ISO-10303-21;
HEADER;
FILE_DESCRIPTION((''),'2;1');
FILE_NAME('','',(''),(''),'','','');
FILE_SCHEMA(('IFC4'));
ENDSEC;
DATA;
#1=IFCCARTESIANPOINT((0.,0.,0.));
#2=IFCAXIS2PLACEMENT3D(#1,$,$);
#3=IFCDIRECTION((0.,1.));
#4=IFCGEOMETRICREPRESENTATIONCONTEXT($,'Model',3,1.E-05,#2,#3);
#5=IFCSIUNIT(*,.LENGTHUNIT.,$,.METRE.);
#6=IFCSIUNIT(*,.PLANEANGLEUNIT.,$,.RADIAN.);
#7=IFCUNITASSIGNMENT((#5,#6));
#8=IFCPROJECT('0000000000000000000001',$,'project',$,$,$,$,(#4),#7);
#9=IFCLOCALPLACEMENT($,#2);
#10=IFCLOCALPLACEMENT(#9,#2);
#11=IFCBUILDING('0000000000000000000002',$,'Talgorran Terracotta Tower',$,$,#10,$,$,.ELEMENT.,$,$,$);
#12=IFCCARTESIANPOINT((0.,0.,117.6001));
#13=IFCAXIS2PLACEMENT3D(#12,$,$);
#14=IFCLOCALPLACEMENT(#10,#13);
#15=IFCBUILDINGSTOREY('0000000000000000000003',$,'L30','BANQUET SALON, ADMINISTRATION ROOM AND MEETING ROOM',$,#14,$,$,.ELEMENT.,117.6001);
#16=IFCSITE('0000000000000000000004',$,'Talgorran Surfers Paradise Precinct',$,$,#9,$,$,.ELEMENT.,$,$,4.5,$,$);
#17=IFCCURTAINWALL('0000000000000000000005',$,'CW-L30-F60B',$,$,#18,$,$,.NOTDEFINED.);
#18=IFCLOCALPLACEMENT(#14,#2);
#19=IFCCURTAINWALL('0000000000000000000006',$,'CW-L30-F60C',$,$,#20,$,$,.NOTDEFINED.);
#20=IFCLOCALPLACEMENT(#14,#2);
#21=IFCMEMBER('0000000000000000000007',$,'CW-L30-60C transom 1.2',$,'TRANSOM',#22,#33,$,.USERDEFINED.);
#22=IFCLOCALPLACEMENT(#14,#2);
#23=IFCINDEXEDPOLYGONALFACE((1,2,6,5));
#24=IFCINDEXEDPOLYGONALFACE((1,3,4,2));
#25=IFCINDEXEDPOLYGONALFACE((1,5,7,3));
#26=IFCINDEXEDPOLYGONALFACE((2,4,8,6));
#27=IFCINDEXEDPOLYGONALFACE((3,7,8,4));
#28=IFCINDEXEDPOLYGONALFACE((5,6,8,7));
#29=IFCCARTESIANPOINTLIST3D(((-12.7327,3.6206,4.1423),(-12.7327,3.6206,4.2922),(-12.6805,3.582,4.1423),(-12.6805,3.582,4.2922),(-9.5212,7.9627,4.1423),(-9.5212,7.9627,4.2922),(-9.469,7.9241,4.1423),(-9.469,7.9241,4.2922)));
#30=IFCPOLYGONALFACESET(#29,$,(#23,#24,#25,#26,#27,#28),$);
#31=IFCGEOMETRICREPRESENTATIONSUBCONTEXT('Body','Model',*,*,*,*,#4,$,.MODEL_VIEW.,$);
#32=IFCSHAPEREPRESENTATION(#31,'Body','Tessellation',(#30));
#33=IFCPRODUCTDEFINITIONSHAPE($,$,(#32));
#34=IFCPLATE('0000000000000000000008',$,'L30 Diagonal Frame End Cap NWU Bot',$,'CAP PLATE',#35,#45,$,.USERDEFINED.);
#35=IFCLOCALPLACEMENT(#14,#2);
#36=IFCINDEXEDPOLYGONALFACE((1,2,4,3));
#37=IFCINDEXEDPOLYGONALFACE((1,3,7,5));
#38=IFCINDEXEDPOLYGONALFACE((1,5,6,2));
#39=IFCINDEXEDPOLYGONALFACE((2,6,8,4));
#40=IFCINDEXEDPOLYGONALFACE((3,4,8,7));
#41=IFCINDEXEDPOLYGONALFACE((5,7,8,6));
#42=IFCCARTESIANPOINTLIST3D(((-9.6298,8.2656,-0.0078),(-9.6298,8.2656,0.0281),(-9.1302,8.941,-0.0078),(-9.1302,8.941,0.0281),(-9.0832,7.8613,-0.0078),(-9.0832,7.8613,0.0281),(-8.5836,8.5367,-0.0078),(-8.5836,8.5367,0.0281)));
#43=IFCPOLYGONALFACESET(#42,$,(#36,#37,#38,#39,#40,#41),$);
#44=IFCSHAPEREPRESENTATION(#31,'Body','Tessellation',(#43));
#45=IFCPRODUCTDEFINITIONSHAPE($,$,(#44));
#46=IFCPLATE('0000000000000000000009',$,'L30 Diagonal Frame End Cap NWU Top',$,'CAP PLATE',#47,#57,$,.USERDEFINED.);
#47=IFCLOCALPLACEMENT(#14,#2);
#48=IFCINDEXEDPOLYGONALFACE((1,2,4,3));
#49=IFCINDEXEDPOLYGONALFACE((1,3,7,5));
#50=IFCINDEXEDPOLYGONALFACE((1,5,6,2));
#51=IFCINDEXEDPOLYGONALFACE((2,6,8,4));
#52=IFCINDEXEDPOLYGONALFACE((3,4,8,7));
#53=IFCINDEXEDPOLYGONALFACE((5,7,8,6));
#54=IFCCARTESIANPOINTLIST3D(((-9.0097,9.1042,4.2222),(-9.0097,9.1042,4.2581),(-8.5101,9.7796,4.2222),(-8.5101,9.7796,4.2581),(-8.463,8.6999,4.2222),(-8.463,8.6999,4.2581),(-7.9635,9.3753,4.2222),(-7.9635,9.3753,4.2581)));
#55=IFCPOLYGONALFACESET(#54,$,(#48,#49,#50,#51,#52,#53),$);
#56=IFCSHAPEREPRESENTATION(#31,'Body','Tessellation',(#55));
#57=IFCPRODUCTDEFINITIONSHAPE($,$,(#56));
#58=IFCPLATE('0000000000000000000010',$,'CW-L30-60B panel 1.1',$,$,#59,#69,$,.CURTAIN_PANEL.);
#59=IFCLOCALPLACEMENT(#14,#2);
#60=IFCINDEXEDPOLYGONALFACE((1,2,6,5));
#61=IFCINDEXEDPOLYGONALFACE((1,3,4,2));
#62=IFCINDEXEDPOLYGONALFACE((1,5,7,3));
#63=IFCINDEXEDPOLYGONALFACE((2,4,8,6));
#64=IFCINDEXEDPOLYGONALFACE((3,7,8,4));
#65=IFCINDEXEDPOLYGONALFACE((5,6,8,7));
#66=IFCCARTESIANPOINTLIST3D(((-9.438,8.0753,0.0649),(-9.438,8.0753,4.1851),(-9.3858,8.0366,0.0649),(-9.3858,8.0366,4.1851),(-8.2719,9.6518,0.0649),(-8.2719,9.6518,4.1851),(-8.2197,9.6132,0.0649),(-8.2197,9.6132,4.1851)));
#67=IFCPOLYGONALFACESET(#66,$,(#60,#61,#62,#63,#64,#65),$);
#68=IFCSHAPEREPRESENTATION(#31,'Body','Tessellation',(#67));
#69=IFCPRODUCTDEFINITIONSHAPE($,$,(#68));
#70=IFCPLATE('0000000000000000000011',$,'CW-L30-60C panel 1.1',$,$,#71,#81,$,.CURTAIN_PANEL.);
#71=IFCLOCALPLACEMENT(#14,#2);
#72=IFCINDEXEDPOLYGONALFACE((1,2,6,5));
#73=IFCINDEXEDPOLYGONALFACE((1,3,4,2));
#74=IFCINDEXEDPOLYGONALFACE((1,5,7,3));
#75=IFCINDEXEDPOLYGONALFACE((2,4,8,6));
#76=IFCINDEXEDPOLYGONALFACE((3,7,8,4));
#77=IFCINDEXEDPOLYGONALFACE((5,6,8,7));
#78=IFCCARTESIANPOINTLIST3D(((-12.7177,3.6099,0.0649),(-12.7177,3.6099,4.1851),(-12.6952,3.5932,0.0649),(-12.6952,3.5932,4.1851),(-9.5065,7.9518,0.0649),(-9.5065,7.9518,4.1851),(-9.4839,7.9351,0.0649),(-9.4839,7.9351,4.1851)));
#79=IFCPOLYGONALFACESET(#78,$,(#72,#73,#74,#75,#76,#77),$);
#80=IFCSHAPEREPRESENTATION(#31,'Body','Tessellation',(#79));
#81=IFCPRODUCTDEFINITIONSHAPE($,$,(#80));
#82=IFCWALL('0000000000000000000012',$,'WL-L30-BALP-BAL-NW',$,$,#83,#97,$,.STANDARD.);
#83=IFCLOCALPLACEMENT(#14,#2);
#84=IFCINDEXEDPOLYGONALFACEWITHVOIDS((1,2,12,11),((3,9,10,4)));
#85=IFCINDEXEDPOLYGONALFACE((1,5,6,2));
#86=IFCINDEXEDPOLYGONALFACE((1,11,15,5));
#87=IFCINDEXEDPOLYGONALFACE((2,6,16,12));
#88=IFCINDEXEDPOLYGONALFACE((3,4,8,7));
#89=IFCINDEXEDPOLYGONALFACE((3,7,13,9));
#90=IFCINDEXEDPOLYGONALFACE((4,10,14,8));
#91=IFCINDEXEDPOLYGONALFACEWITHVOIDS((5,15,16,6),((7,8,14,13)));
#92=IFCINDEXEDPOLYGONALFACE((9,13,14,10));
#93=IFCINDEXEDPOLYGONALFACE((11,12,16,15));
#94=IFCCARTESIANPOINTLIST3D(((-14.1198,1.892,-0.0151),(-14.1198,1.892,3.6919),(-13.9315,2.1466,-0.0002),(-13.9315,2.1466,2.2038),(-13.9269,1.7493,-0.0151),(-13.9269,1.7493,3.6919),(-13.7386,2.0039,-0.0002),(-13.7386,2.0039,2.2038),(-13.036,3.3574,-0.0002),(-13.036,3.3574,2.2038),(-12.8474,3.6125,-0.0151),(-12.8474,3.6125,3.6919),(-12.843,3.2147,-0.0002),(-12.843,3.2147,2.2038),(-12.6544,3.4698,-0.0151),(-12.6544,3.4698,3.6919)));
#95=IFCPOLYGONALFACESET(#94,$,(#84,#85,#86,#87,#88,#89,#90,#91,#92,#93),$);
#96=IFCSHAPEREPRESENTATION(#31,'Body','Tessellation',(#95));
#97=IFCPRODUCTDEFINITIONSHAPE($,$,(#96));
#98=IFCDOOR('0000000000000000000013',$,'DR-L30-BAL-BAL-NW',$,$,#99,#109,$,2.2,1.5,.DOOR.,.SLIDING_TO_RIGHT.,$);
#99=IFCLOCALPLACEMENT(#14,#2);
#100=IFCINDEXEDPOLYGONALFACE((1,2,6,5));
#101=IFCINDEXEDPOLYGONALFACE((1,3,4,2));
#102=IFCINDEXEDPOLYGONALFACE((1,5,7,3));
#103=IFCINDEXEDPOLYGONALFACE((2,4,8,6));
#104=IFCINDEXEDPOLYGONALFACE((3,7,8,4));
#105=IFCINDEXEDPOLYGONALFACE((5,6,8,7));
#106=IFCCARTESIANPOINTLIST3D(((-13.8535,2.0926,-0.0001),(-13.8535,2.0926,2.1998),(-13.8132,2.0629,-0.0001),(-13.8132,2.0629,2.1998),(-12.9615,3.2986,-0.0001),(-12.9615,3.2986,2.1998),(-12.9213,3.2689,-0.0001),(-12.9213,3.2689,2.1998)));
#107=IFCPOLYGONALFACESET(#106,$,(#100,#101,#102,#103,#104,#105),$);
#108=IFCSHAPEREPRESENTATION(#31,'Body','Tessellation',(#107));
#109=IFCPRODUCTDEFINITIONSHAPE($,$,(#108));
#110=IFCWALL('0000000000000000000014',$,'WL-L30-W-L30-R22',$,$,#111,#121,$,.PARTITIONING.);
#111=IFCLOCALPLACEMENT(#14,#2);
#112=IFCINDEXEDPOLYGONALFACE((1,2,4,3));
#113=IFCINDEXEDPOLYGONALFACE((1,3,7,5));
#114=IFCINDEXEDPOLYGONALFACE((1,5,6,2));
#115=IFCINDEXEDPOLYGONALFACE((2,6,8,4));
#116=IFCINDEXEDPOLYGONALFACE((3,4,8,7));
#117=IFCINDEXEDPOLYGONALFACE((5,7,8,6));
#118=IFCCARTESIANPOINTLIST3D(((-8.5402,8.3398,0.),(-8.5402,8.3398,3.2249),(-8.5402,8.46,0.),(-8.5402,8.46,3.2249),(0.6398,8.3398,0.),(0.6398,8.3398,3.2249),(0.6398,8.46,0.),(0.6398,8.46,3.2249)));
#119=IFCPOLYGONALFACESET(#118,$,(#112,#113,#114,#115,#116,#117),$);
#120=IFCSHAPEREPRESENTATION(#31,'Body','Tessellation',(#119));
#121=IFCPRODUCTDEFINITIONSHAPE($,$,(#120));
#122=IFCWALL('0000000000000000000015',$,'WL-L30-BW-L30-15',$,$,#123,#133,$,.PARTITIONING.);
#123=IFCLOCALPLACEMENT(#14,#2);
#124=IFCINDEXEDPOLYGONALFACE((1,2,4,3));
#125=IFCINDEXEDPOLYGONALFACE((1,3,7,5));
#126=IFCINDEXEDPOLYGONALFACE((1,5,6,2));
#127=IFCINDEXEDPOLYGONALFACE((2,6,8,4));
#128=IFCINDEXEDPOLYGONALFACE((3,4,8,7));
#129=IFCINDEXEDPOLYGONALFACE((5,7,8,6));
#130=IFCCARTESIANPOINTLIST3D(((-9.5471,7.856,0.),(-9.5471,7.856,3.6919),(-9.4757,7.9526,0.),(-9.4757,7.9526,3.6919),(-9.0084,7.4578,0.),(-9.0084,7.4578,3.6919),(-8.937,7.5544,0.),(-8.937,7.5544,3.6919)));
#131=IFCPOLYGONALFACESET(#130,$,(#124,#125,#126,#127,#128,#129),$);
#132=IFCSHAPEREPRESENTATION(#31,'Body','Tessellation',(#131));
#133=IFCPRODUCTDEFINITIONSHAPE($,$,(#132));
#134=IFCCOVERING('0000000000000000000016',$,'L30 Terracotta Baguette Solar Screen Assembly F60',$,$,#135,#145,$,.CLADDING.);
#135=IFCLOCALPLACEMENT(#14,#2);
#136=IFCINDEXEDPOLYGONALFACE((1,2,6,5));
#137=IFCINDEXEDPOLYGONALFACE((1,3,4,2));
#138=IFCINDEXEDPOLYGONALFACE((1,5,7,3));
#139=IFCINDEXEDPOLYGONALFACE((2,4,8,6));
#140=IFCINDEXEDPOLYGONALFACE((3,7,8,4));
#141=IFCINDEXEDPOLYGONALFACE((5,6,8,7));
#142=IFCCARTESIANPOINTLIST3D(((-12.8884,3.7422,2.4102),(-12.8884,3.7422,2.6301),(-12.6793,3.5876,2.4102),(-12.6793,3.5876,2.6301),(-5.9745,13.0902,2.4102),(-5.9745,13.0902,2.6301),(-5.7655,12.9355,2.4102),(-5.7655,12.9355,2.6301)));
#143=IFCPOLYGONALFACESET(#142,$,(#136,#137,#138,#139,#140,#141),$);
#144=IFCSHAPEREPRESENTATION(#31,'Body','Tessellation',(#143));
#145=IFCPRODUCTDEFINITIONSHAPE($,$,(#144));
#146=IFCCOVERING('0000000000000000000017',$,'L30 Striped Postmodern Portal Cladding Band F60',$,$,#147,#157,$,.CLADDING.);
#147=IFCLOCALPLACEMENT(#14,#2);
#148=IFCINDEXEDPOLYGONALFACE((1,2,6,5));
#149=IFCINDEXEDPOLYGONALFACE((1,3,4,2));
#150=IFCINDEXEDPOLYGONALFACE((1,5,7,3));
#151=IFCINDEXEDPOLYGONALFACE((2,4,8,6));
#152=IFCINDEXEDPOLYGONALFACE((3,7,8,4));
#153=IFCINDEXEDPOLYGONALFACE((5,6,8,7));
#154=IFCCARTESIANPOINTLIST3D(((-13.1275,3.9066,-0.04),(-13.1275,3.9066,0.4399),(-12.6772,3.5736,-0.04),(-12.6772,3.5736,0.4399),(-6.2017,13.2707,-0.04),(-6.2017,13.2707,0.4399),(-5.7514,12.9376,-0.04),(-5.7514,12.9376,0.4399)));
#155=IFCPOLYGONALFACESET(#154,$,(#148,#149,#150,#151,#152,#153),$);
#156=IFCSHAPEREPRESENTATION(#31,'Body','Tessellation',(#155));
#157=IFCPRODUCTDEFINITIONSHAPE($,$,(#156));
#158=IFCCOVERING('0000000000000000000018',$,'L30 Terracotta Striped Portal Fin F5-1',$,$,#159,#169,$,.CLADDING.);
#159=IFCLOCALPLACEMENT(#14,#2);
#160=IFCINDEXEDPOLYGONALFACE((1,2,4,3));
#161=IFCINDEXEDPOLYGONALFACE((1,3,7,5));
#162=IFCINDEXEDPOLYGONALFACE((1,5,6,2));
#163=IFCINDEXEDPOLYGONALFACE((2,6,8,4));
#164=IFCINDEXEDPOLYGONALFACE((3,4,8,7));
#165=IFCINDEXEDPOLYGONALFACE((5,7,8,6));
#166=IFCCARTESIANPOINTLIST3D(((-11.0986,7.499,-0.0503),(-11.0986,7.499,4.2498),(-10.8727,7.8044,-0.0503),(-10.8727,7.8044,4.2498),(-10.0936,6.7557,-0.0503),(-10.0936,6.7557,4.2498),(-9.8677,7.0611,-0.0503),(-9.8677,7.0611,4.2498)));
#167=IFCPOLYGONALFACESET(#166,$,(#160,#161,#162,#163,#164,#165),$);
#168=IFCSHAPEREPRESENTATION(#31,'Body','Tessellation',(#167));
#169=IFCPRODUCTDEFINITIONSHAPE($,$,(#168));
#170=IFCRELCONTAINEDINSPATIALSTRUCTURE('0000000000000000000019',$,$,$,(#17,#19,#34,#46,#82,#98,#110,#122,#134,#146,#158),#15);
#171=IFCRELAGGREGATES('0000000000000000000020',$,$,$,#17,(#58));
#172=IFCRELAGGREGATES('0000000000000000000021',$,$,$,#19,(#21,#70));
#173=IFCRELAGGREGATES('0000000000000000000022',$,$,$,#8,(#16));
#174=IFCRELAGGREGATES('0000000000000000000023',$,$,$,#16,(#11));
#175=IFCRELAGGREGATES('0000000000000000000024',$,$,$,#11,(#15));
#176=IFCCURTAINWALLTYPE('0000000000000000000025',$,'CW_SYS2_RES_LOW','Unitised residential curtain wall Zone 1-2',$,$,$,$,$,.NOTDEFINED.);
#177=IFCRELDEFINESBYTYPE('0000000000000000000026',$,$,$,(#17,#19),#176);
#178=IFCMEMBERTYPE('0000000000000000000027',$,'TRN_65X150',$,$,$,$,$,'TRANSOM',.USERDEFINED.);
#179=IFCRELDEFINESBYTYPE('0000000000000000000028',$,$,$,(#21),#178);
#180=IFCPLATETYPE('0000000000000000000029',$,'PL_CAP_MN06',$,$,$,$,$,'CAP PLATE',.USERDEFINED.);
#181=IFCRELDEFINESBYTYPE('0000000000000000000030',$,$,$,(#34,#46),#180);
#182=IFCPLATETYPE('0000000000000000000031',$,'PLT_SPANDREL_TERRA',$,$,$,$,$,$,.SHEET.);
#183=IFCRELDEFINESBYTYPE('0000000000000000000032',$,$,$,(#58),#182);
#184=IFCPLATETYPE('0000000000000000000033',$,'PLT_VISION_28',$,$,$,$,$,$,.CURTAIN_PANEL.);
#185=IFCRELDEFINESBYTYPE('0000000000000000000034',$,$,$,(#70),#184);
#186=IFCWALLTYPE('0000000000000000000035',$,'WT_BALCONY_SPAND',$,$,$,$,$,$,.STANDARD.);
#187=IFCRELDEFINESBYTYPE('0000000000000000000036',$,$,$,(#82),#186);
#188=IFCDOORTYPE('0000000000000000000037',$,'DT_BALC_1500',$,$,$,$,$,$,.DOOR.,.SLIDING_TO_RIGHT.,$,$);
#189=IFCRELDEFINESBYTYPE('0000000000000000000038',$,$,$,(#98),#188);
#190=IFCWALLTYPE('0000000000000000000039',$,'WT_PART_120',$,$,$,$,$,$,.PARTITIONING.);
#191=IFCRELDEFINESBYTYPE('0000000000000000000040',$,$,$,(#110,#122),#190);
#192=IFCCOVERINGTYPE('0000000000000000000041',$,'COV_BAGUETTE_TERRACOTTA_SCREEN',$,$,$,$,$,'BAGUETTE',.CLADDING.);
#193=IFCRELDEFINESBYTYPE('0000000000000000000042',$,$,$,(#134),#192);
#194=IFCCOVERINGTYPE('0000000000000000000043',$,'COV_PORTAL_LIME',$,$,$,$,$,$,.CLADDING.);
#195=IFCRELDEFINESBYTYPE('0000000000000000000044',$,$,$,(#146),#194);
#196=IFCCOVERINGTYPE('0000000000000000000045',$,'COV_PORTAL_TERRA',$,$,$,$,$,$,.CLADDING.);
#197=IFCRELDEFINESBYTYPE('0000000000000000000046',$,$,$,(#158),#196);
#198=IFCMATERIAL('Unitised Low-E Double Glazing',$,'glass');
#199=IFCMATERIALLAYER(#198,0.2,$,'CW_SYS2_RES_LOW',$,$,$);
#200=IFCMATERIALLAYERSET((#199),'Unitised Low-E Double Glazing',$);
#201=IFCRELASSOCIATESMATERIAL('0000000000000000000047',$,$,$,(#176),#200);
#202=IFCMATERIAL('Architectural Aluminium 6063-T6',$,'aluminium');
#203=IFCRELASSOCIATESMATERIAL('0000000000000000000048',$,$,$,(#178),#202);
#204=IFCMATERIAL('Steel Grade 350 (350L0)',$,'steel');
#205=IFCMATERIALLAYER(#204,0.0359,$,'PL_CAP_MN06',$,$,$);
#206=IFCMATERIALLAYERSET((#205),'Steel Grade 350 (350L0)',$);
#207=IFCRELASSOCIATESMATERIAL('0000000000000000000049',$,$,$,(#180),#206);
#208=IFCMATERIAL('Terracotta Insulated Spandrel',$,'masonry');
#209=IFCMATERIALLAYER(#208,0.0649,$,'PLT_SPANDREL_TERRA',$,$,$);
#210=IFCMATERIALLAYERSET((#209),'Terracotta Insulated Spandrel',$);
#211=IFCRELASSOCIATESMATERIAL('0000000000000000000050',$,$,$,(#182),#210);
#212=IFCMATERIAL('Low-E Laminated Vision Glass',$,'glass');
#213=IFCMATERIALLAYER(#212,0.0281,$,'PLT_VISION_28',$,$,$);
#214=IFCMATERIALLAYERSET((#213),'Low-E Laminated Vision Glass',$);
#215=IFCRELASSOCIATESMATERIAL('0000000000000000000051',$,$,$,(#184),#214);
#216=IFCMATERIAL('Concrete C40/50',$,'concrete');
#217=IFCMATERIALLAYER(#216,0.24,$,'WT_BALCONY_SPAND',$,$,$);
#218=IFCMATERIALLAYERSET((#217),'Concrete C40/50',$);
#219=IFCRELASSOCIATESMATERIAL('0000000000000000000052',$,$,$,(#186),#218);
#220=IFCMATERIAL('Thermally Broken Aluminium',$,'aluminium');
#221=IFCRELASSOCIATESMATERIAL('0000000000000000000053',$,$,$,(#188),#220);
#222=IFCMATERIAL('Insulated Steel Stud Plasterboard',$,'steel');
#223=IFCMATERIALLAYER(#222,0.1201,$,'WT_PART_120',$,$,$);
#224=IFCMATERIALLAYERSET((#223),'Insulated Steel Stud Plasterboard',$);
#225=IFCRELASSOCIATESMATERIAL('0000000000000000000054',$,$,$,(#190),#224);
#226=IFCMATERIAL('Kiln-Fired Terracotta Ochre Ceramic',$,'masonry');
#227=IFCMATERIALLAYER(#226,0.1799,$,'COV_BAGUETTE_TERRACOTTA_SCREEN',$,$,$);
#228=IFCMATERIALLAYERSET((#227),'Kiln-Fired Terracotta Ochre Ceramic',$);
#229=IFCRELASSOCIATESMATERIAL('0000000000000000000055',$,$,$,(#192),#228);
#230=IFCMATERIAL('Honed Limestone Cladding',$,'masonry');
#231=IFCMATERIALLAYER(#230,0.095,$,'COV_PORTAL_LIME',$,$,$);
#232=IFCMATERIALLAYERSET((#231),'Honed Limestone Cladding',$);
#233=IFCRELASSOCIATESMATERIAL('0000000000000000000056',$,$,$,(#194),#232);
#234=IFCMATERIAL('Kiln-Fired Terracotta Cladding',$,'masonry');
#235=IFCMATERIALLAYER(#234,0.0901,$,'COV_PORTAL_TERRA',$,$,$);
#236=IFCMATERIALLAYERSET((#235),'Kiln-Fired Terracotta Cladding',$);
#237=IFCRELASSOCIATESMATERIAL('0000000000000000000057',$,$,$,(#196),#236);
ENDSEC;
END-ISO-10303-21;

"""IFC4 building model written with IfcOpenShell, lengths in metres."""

from ifc_helpers import new_model, si_unit, direction, frame, frame_2d, origin, origin_2d, place, context, subcontext, project, spatial, rectangle, extrude, source, transform, mapped, material, layer, layer_set, material_profile, profile_set, type_object, type_shapes, element, fill, aggregate, save


model = new_model("IFC4")

# Units and contexts
model_context = context("Model", 3, precision=1e-05, world=origin(), true_north=direction((0.0, 1.0)))
body_context = subcontext(model_context, "Body", "Model", "MODEL_VIEW")
ifc_project = project(units=[si_unit("LENGTHUNIT", "METRE"), si_unit("PLANEANGLEUNIT", "RADIAN")], contexts=[model_context])

# Site, building, storey
site_placement = place(None, origin())
site = spatial("IfcSite", under=ifc_project, at=site_placement, Name="Talgorran Surfers Paradise Precinct", CompositionType="ELEMENT", RefElevation=4.5)
building_placement = place(site_placement, origin())
building = spatial("IfcBuilding", under=site, at=building_placement, Name="Talgorran Terracotta Tower", CompositionType="ELEMENT")
storey_placement = place(building_placement, frame((0.0, 0.0, 117.6001)))
storey = spatial("IfcBuildingStorey", under=building, at=storey_placement, Name="L30", Description="BANQUET SALON, ADMINISTRATION ROOM AND MEETING ROOM", CompositionType="ELEMENT", Elevation=117.6001)

# Shared definitions
ifc_material_1 = material(Name="Steel Grade 350 (350L0)", Category="steel")

# Curtain wall
ifc_material_2 = material(Name="Unitised Low-E Double Glazing", Category="glass")
ifc_layer_1 = layer(ifc_material_2, 0.2, Name="CW_SYS2_RES_LOW")
ifc_layer_set_1 = layer_set([ifc_layer_1], Name="Unitised Low-E Double Glazing")
curtain_wall_type = type_object("IfcCurtainWallType", Name="CW_SYS2_RES_LOW", Description="Unitised residential curtain wall Zone 1-2", PredefinedType="NOTDEFINED", material=ifc_layer_set_1)
curtain_wall_1_placement = place(storey_placement, origin())
curtain_wall_1 = element("IfcCurtainWall", 1, at=curtain_wall_1_placement, inside=storey, type_object=curtain_wall_type, Name="CW-L30-F60B", PredefinedType="NOTDEFINED")
ifc_material_3 = material(Name="Architectural Aluminium 6063-T6", Category="aluminium")

# Curtain wall
curtain_wall_2_placement = place(storey_placement, origin())
curtain_wall_2 = element("IfcCurtainWall", 2, at=curtain_wall_2_placement, inside=storey, type_object=curtain_wall_type, Name="CW-L30-F60C", PredefinedType="NOTDEFINED")

# Member
ifc_material_profile_1 = material_profile(ifc_material_3, rectangle(XDim=0.0649, YDim=0.1499, at=origin_2d()), Name="CWT65X150")
ifc_profile_set_1 = profile_set([ifc_material_profile_1], Name="Architectural Aluminium 6063-T6")
member_type_1 = type_object("IfcMemberType", Name="TRN_65X150", ElementType="TRANSOM", PredefinedType="USERDEFINED", material=ifc_profile_set_1)
member_1_placement = place(storey_placement, frame((-9.4951, 7.9434, 4.2173), z_axis=(-0.594641, -0.803991, 0.0), x_axis=(0.803991, -0.594641, 0.0)))
member_1 = element("IfcMember", 3, at=member_1_placement, type_object=member_type_1, Name="CW-L30-60C transom 1.2", ObjectType="TRANSOM", PredefinedType="USERDEFINED", context=body_context, shape_type="SweptSolid", body=[
    extrude(rectangle(XDim=0.0649, YDim=0.1499, at=origin_2d()), origin(), (0.0, 0.0, 1.0), 5.4006),
])

# Plates
ifc_layer_2 = layer(ifc_material_1, 0.0359, Name="PL_CAP_MN06")
ifc_layer_set_2 = layer_set([ifc_layer_2], Name="Steel Grade 350 (350L0)")
plate_type_1 = type_object("IfcPlateType", Name="PL_CAP_MN06", ElementType="CAP PLATE", PredefinedType="USERDEFINED", material=ifc_layer_set_2)
for number, where, z_axis, x_axis, name in (
    (4, (-9.1067, 8.4011, -0.0078), (0.0, 0.0, 1.0), (0.594682, 0.803961, 0.0), "L30 Diagonal Frame End Cap NWU Bot"),
    (5, (-8.4866, 9.2397, 4.2222), (0.0, 0.0, 1.0), (0.594682, 0.803961, 0.0), "L30 Diagonal Frame End Cap NWU Top"),
):
    element("IfcPlate", number, at=place(storey_placement, frame(where, z_axis=z_axis, x_axis=x_axis)), inside=storey, type_object=plate_type_1, Name=name, ObjectType="CAP PLATE", PredefinedType="USERDEFINED", context=body_context, shape_type="SweptSolid", body=[
        extrude(rectangle(XDim=0.8401, YDim=0.6799, at=origin_2d()), origin(), (0.0, 0.0, 1.0), 0.0359),
    ])

# Plates
ifc_material_4 = material(Name="Terracotta Insulated Spandrel", Category="masonry")
ifc_layer_3 = layer(ifc_material_4, 0.0649, Name="PLT_SPANDREL_TERRA")
ifc_layer_set_3 = layer_set([ifc_layer_3], Name="Terracotta Insulated Spandrel")
plate_type_2 = type_object("IfcPlateType", Name="PLT_SPANDREL_TERRA", PredefinedType="SHEET", material=ifc_layer_set_3)
shared_shape_1 = source(origin(), body_context, "Body", "SweptSolid", [
    extrude(rectangle(XDim=1.9609, YDim=0.0649, at=origin_2d()), origin(), (0.0, 0.0, 1.0), 4.1201),
])
type_shapes(plate_type_2, [shared_shape_1])
plate_1_placement = place(storey_placement, frame((-8.8289, 8.8442, 0.0649), z_axis=(0.0, 0.0, 1.0), x_axis=(-0.59463, -0.803999, 0.0)))
plate_1 = element("IfcPlate", 6, at=plate_1_placement, type_object=plate_type_2, Name="CW-L30-60B panel 1.1", PredefinedType="CURTAIN_PANEL", context=body_context, shape_type="MappedRepresentation", body=[
    mapped(shared_shape_1, transform((0.0, 0.0, 0.0), scale=1.0)),
])
aggregate(curtain_wall_1, [plate_1])
ifc_material_5 = material(Name="Low-E Laminated Vision Glass", Category="glass")
ifc_layer_4 = layer(ifc_material_5, 0.0281, Name="PLT_VISION_28")
ifc_layer_set_4 = layer_set([ifc_layer_4], Name="Low-E Laminated Vision Glass")
plate_type_3 = type_object("IfcPlateType", Name="PLT_VISION_28", PredefinedType="CURTAIN_PANEL", material=ifc_layer_set_4)
shared_shape_2 = source(origin(), body_context, "Body", "SweptSolid", [
    extrude(rectangle(XDim=5.4004, YDim=0.0281, at=origin_2d()), origin(), (0.0, 0.0, 1.0), 4.1201),
])
type_shapes(plate_type_3, [shared_shape_2])
plate_2_placement = place(storey_placement, frame((-11.1008, 5.7725, 0.0649), z_axis=(0.0, 0.0, 1.0), x_axis=(-0.594632, -0.803998, 0.0)))
plate_2 = element("IfcPlate", 7, at=plate_2_placement, type_object=plate_type_3, Name="CW-L30-60C panel 1.1", PredefinedType="CURTAIN_PANEL", context=body_context, shape_type="MappedRepresentation", body=[
    mapped(shared_shape_2, transform((0.0, 0.0, 0.0), scale=1.0)),
])
aggregate(curtain_wall_2, [member_1, plate_2])

# Wall, opening, door
ifc_material_6 = material(Name="Concrete C40/50", Category="concrete")
ifc_layer_5 = layer(ifc_material_6, 0.24, Name="WT_BALCONY_SPAND")
ifc_layer_set_5 = layer_set([ifc_layer_5], Name="Concrete C40/50")
wall_type_1 = type_object("IfcWallType", Name="WT_BALCONY_SPAND", PredefinedType="STANDARD", material=ifc_layer_set_5)
wall_1_placement = place(storey_placement, frame((-12.751, 3.541, -0.0151), z_axis=(0.0, 0.0, 1.0), x_axis=(-0.594638, -0.803994, 0.0)))
wall_1 = element("IfcWall", 8, at=wall_1_placement, inside=storey, type_object=wall_type_1, Name="WL-L30-BALP-BAL-NW", PredefinedType="STANDARD", context=body_context, shape_type="SweptSolid", body=[
    extrude(rectangle(XDim=2.1399, YDim=0.24, at=frame_2d((1.0698, 0.0))), origin(), (0.0, 0.0, 1.0), 3.707),
])
opening_placement = place(wall_1_placement, frame((0.3201, 0.0, 0.0149)))
opening = element("IfcOpeningElement", 9, at=opening_placement, cuts=wall_1, PredefinedType="OPENING", context=body_context, shape_type="SweptSolid", body=[
    extrude(rectangle(XDim=1.506, YDim=2.204, at=frame_2d((0.75, 1.1021))), frame((0.0, 0.1299, 0.0), z_axis=(0.0, -1.0, 0.0), x_axis=(1.0, 0.0, 0.0)), (0.0, 0.0, 1.0), 0.26),
])
ifc_material_7 = material(Name="Thermally Broken Aluminium", Category="aluminium")
door_type = type_object("IfcDoorType", Name="DT_BALC_1500", OperationType="SLIDING_TO_RIGHT", PredefinedType="DOOR", material=ifc_material_7)
door_placement = place(opening_placement, origin())
door = element("IfcDoor", 10, at=door_placement, inside=storey, type_object=door_type, Name="DR-L30-BAL-BAL-NW", OperationType="SLIDING_TO_RIGHT", OverallHeight=2.2, OverallWidth=1.5, PredefinedType="DOOR", context=body_context, shape_type="SweptSolid", body=[
    extrude(rectangle(XDim=1.5, YDim=2.2, at=frame_2d((0.75, 1.1001))), frame((0.0, 0.0249, 0.0), z_axis=(0.0, -1.0, 0.0), x_axis=(1.0, 0.0, 0.0)), (0.0, 0.0, 1.0), 0.05),
])
fill(opening, door)

# Walls
ifc_material_8 = material(Name="Insulated Steel Stud Plasterboard", Category="steel")
ifc_layer_6 = layer(ifc_material_8, 0.1201, Name="WT_PART_120")
ifc_layer_set_6 = layer_set([ifc_layer_6], Name="Insulated Steel Stud Plasterboard")
wall_type_2 = type_object("IfcWallType", Name="WT_PART_120", PredefinedType="PARTITIONING", material=ifc_layer_set_6)
wall_2_placement = place(storey_placement, frame((-8.54, 8.3999, 0.0), z_axis=(0.0, 0.0, 1.0), x_axis=(1.0, 0.0, 0.0)))
element("IfcWall", 11, at=wall_2_placement, inside=storey, type_object=wall_type_2, Name="WL-L30-W-L30-R22", PredefinedType="PARTITIONING", context=body_context, shape_type="SweptSolid", body=[
    extrude(rectangle(XDim=9.1799, YDim=0.1201, at=frame_2d((4.5898, 0.0))), origin(), (0.0, 0.0, 1.0), 3.2249),
])
wall_3_placement = place(storey_placement, frame((-8.9727, 7.5061, 0.0), z_axis=(0.0, 0.0, 1.0), x_axis=(-0.804222, 0.59433, 0.0)))
element("IfcWall", 12, at=wall_3_placement, inside=storey, type_object=wall_type_2, Name="WL-L30-BW-L30-15", PredefinedType="PARTITIONING", context=body_context, shape_type="SweptSolid", body=[
    extrude(rectangle(XDim=0.6699, YDim=0.1201, at=frame_2d((0.335, 0.0))), origin(), (0.0, 0.0, 1.0), 3.6919),
])

# Coverings
ifc_material_9 = material(Name="Kiln-Fired Terracotta Ochre Ceramic", Category="masonry")
ifc_layer_7 = layer(ifc_material_9, 0.1799, Name="COV_BAGUETTE_TERRACOTTA_SCREEN")
ifc_layer_set_7 = layer_set([ifc_layer_7], Name="Kiln-Fired Terracotta Ochre Ceramic")
covering_type_1 = type_object("IfcCoveringType", Name="COV_BAGUETTE_TERRACOTTA_SCREEN", ElementType="BAGUETTE", PredefinedType="CLADDING", material=ifc_layer_set_7)
covering_1_placement = place(storey_placement, frame((-9.3269, 8.3389, 2.4102), z_axis=(0.0, 0.0, 1.0), x_axis=(-0.59464, -0.803992, 0.0)))
element("IfcCovering", 13, at=covering_1_placement, inside=storey, type_object=covering_type_1, Name="L30 Terracotta Baguette Solar Screen Assembly F60", PredefinedType="CLADDING", context=body_context, shape_type="SweptSolid", body=[
    extrude(rectangle(XDim=11.627, YDim=0.26, at=origin_2d()), origin(), (0.0, 0.0, 1.0), 0.22),
])
ifc_material_10 = material(Name="Honed Limestone Cladding", Category="masonry")
ifc_layer_8 = layer(ifc_material_10, 0.095, Name="COV_PORTAL_LIME")
ifc_layer_set_8 = layer_set([ifc_layer_8], Name="Honed Limestone Cladding")
covering_type_2 = type_object("IfcCoveringType", Name="COV_PORTAL_LIME", PredefinedType="CLADDING", material=ifc_layer_set_8)
covering_2_placement = place(storey_placement, frame((-9.4395, 8.4221, -0.04), z_axis=(0.0, 0.0, 1.0), x_axis=(-0.59464, -0.803992, 0.0)))
element("IfcCovering", 14, at=covering_2_placement, inside=storey, type_object=covering_type_2, Name="L30 Striped Postmodern Portal Cladding Band F60", PredefinedType="CLADDING", context=body_context, shape_type="SweptSolid", body=[
    extrude(rectangle(XDim=11.647, YDim=0.5601, at=origin_2d()), origin(), (0.0, 0.0, 1.0), 0.48),
])
ifc_material_11 = material(Name="Kiln-Fired Terracotta Cladding", Category="masonry")
ifc_layer_9 = layer(ifc_material_11, 0.0901, Name="COV_PORTAL_TERRA")
ifc_layer_set_9 = layer_set([ifc_layer_9], Name="Kiln-Fired Terracotta Cladding")
covering_type_3 = type_object("IfcCoveringType", Name="COV_PORTAL_TERRA", PredefinedType="CLADDING", material=ifc_layer_set_9)
covering_3_placement = place(storey_placement, frame((-10.4832, 7.28, -0.0503), z_axis=(0.0, 0.0, 1.0), x_axis=(-0.59464, -0.803992, 0.0)))
element("IfcCovering", 15, at=covering_3_placement, inside=storey, type_object=covering_type_3, Name="L30 Terracotta Striped Portal Fin F5-1", PredefinedType="CLADDING", context=body_context, shape_type="SweptSolid", body=[
    extrude(rectangle(XDim=0.3799, YDim=1.25, at=origin_2d()), origin(), (0.0, 0.0, 1.0), 4.3),
])

save(model, "model.ifc")
